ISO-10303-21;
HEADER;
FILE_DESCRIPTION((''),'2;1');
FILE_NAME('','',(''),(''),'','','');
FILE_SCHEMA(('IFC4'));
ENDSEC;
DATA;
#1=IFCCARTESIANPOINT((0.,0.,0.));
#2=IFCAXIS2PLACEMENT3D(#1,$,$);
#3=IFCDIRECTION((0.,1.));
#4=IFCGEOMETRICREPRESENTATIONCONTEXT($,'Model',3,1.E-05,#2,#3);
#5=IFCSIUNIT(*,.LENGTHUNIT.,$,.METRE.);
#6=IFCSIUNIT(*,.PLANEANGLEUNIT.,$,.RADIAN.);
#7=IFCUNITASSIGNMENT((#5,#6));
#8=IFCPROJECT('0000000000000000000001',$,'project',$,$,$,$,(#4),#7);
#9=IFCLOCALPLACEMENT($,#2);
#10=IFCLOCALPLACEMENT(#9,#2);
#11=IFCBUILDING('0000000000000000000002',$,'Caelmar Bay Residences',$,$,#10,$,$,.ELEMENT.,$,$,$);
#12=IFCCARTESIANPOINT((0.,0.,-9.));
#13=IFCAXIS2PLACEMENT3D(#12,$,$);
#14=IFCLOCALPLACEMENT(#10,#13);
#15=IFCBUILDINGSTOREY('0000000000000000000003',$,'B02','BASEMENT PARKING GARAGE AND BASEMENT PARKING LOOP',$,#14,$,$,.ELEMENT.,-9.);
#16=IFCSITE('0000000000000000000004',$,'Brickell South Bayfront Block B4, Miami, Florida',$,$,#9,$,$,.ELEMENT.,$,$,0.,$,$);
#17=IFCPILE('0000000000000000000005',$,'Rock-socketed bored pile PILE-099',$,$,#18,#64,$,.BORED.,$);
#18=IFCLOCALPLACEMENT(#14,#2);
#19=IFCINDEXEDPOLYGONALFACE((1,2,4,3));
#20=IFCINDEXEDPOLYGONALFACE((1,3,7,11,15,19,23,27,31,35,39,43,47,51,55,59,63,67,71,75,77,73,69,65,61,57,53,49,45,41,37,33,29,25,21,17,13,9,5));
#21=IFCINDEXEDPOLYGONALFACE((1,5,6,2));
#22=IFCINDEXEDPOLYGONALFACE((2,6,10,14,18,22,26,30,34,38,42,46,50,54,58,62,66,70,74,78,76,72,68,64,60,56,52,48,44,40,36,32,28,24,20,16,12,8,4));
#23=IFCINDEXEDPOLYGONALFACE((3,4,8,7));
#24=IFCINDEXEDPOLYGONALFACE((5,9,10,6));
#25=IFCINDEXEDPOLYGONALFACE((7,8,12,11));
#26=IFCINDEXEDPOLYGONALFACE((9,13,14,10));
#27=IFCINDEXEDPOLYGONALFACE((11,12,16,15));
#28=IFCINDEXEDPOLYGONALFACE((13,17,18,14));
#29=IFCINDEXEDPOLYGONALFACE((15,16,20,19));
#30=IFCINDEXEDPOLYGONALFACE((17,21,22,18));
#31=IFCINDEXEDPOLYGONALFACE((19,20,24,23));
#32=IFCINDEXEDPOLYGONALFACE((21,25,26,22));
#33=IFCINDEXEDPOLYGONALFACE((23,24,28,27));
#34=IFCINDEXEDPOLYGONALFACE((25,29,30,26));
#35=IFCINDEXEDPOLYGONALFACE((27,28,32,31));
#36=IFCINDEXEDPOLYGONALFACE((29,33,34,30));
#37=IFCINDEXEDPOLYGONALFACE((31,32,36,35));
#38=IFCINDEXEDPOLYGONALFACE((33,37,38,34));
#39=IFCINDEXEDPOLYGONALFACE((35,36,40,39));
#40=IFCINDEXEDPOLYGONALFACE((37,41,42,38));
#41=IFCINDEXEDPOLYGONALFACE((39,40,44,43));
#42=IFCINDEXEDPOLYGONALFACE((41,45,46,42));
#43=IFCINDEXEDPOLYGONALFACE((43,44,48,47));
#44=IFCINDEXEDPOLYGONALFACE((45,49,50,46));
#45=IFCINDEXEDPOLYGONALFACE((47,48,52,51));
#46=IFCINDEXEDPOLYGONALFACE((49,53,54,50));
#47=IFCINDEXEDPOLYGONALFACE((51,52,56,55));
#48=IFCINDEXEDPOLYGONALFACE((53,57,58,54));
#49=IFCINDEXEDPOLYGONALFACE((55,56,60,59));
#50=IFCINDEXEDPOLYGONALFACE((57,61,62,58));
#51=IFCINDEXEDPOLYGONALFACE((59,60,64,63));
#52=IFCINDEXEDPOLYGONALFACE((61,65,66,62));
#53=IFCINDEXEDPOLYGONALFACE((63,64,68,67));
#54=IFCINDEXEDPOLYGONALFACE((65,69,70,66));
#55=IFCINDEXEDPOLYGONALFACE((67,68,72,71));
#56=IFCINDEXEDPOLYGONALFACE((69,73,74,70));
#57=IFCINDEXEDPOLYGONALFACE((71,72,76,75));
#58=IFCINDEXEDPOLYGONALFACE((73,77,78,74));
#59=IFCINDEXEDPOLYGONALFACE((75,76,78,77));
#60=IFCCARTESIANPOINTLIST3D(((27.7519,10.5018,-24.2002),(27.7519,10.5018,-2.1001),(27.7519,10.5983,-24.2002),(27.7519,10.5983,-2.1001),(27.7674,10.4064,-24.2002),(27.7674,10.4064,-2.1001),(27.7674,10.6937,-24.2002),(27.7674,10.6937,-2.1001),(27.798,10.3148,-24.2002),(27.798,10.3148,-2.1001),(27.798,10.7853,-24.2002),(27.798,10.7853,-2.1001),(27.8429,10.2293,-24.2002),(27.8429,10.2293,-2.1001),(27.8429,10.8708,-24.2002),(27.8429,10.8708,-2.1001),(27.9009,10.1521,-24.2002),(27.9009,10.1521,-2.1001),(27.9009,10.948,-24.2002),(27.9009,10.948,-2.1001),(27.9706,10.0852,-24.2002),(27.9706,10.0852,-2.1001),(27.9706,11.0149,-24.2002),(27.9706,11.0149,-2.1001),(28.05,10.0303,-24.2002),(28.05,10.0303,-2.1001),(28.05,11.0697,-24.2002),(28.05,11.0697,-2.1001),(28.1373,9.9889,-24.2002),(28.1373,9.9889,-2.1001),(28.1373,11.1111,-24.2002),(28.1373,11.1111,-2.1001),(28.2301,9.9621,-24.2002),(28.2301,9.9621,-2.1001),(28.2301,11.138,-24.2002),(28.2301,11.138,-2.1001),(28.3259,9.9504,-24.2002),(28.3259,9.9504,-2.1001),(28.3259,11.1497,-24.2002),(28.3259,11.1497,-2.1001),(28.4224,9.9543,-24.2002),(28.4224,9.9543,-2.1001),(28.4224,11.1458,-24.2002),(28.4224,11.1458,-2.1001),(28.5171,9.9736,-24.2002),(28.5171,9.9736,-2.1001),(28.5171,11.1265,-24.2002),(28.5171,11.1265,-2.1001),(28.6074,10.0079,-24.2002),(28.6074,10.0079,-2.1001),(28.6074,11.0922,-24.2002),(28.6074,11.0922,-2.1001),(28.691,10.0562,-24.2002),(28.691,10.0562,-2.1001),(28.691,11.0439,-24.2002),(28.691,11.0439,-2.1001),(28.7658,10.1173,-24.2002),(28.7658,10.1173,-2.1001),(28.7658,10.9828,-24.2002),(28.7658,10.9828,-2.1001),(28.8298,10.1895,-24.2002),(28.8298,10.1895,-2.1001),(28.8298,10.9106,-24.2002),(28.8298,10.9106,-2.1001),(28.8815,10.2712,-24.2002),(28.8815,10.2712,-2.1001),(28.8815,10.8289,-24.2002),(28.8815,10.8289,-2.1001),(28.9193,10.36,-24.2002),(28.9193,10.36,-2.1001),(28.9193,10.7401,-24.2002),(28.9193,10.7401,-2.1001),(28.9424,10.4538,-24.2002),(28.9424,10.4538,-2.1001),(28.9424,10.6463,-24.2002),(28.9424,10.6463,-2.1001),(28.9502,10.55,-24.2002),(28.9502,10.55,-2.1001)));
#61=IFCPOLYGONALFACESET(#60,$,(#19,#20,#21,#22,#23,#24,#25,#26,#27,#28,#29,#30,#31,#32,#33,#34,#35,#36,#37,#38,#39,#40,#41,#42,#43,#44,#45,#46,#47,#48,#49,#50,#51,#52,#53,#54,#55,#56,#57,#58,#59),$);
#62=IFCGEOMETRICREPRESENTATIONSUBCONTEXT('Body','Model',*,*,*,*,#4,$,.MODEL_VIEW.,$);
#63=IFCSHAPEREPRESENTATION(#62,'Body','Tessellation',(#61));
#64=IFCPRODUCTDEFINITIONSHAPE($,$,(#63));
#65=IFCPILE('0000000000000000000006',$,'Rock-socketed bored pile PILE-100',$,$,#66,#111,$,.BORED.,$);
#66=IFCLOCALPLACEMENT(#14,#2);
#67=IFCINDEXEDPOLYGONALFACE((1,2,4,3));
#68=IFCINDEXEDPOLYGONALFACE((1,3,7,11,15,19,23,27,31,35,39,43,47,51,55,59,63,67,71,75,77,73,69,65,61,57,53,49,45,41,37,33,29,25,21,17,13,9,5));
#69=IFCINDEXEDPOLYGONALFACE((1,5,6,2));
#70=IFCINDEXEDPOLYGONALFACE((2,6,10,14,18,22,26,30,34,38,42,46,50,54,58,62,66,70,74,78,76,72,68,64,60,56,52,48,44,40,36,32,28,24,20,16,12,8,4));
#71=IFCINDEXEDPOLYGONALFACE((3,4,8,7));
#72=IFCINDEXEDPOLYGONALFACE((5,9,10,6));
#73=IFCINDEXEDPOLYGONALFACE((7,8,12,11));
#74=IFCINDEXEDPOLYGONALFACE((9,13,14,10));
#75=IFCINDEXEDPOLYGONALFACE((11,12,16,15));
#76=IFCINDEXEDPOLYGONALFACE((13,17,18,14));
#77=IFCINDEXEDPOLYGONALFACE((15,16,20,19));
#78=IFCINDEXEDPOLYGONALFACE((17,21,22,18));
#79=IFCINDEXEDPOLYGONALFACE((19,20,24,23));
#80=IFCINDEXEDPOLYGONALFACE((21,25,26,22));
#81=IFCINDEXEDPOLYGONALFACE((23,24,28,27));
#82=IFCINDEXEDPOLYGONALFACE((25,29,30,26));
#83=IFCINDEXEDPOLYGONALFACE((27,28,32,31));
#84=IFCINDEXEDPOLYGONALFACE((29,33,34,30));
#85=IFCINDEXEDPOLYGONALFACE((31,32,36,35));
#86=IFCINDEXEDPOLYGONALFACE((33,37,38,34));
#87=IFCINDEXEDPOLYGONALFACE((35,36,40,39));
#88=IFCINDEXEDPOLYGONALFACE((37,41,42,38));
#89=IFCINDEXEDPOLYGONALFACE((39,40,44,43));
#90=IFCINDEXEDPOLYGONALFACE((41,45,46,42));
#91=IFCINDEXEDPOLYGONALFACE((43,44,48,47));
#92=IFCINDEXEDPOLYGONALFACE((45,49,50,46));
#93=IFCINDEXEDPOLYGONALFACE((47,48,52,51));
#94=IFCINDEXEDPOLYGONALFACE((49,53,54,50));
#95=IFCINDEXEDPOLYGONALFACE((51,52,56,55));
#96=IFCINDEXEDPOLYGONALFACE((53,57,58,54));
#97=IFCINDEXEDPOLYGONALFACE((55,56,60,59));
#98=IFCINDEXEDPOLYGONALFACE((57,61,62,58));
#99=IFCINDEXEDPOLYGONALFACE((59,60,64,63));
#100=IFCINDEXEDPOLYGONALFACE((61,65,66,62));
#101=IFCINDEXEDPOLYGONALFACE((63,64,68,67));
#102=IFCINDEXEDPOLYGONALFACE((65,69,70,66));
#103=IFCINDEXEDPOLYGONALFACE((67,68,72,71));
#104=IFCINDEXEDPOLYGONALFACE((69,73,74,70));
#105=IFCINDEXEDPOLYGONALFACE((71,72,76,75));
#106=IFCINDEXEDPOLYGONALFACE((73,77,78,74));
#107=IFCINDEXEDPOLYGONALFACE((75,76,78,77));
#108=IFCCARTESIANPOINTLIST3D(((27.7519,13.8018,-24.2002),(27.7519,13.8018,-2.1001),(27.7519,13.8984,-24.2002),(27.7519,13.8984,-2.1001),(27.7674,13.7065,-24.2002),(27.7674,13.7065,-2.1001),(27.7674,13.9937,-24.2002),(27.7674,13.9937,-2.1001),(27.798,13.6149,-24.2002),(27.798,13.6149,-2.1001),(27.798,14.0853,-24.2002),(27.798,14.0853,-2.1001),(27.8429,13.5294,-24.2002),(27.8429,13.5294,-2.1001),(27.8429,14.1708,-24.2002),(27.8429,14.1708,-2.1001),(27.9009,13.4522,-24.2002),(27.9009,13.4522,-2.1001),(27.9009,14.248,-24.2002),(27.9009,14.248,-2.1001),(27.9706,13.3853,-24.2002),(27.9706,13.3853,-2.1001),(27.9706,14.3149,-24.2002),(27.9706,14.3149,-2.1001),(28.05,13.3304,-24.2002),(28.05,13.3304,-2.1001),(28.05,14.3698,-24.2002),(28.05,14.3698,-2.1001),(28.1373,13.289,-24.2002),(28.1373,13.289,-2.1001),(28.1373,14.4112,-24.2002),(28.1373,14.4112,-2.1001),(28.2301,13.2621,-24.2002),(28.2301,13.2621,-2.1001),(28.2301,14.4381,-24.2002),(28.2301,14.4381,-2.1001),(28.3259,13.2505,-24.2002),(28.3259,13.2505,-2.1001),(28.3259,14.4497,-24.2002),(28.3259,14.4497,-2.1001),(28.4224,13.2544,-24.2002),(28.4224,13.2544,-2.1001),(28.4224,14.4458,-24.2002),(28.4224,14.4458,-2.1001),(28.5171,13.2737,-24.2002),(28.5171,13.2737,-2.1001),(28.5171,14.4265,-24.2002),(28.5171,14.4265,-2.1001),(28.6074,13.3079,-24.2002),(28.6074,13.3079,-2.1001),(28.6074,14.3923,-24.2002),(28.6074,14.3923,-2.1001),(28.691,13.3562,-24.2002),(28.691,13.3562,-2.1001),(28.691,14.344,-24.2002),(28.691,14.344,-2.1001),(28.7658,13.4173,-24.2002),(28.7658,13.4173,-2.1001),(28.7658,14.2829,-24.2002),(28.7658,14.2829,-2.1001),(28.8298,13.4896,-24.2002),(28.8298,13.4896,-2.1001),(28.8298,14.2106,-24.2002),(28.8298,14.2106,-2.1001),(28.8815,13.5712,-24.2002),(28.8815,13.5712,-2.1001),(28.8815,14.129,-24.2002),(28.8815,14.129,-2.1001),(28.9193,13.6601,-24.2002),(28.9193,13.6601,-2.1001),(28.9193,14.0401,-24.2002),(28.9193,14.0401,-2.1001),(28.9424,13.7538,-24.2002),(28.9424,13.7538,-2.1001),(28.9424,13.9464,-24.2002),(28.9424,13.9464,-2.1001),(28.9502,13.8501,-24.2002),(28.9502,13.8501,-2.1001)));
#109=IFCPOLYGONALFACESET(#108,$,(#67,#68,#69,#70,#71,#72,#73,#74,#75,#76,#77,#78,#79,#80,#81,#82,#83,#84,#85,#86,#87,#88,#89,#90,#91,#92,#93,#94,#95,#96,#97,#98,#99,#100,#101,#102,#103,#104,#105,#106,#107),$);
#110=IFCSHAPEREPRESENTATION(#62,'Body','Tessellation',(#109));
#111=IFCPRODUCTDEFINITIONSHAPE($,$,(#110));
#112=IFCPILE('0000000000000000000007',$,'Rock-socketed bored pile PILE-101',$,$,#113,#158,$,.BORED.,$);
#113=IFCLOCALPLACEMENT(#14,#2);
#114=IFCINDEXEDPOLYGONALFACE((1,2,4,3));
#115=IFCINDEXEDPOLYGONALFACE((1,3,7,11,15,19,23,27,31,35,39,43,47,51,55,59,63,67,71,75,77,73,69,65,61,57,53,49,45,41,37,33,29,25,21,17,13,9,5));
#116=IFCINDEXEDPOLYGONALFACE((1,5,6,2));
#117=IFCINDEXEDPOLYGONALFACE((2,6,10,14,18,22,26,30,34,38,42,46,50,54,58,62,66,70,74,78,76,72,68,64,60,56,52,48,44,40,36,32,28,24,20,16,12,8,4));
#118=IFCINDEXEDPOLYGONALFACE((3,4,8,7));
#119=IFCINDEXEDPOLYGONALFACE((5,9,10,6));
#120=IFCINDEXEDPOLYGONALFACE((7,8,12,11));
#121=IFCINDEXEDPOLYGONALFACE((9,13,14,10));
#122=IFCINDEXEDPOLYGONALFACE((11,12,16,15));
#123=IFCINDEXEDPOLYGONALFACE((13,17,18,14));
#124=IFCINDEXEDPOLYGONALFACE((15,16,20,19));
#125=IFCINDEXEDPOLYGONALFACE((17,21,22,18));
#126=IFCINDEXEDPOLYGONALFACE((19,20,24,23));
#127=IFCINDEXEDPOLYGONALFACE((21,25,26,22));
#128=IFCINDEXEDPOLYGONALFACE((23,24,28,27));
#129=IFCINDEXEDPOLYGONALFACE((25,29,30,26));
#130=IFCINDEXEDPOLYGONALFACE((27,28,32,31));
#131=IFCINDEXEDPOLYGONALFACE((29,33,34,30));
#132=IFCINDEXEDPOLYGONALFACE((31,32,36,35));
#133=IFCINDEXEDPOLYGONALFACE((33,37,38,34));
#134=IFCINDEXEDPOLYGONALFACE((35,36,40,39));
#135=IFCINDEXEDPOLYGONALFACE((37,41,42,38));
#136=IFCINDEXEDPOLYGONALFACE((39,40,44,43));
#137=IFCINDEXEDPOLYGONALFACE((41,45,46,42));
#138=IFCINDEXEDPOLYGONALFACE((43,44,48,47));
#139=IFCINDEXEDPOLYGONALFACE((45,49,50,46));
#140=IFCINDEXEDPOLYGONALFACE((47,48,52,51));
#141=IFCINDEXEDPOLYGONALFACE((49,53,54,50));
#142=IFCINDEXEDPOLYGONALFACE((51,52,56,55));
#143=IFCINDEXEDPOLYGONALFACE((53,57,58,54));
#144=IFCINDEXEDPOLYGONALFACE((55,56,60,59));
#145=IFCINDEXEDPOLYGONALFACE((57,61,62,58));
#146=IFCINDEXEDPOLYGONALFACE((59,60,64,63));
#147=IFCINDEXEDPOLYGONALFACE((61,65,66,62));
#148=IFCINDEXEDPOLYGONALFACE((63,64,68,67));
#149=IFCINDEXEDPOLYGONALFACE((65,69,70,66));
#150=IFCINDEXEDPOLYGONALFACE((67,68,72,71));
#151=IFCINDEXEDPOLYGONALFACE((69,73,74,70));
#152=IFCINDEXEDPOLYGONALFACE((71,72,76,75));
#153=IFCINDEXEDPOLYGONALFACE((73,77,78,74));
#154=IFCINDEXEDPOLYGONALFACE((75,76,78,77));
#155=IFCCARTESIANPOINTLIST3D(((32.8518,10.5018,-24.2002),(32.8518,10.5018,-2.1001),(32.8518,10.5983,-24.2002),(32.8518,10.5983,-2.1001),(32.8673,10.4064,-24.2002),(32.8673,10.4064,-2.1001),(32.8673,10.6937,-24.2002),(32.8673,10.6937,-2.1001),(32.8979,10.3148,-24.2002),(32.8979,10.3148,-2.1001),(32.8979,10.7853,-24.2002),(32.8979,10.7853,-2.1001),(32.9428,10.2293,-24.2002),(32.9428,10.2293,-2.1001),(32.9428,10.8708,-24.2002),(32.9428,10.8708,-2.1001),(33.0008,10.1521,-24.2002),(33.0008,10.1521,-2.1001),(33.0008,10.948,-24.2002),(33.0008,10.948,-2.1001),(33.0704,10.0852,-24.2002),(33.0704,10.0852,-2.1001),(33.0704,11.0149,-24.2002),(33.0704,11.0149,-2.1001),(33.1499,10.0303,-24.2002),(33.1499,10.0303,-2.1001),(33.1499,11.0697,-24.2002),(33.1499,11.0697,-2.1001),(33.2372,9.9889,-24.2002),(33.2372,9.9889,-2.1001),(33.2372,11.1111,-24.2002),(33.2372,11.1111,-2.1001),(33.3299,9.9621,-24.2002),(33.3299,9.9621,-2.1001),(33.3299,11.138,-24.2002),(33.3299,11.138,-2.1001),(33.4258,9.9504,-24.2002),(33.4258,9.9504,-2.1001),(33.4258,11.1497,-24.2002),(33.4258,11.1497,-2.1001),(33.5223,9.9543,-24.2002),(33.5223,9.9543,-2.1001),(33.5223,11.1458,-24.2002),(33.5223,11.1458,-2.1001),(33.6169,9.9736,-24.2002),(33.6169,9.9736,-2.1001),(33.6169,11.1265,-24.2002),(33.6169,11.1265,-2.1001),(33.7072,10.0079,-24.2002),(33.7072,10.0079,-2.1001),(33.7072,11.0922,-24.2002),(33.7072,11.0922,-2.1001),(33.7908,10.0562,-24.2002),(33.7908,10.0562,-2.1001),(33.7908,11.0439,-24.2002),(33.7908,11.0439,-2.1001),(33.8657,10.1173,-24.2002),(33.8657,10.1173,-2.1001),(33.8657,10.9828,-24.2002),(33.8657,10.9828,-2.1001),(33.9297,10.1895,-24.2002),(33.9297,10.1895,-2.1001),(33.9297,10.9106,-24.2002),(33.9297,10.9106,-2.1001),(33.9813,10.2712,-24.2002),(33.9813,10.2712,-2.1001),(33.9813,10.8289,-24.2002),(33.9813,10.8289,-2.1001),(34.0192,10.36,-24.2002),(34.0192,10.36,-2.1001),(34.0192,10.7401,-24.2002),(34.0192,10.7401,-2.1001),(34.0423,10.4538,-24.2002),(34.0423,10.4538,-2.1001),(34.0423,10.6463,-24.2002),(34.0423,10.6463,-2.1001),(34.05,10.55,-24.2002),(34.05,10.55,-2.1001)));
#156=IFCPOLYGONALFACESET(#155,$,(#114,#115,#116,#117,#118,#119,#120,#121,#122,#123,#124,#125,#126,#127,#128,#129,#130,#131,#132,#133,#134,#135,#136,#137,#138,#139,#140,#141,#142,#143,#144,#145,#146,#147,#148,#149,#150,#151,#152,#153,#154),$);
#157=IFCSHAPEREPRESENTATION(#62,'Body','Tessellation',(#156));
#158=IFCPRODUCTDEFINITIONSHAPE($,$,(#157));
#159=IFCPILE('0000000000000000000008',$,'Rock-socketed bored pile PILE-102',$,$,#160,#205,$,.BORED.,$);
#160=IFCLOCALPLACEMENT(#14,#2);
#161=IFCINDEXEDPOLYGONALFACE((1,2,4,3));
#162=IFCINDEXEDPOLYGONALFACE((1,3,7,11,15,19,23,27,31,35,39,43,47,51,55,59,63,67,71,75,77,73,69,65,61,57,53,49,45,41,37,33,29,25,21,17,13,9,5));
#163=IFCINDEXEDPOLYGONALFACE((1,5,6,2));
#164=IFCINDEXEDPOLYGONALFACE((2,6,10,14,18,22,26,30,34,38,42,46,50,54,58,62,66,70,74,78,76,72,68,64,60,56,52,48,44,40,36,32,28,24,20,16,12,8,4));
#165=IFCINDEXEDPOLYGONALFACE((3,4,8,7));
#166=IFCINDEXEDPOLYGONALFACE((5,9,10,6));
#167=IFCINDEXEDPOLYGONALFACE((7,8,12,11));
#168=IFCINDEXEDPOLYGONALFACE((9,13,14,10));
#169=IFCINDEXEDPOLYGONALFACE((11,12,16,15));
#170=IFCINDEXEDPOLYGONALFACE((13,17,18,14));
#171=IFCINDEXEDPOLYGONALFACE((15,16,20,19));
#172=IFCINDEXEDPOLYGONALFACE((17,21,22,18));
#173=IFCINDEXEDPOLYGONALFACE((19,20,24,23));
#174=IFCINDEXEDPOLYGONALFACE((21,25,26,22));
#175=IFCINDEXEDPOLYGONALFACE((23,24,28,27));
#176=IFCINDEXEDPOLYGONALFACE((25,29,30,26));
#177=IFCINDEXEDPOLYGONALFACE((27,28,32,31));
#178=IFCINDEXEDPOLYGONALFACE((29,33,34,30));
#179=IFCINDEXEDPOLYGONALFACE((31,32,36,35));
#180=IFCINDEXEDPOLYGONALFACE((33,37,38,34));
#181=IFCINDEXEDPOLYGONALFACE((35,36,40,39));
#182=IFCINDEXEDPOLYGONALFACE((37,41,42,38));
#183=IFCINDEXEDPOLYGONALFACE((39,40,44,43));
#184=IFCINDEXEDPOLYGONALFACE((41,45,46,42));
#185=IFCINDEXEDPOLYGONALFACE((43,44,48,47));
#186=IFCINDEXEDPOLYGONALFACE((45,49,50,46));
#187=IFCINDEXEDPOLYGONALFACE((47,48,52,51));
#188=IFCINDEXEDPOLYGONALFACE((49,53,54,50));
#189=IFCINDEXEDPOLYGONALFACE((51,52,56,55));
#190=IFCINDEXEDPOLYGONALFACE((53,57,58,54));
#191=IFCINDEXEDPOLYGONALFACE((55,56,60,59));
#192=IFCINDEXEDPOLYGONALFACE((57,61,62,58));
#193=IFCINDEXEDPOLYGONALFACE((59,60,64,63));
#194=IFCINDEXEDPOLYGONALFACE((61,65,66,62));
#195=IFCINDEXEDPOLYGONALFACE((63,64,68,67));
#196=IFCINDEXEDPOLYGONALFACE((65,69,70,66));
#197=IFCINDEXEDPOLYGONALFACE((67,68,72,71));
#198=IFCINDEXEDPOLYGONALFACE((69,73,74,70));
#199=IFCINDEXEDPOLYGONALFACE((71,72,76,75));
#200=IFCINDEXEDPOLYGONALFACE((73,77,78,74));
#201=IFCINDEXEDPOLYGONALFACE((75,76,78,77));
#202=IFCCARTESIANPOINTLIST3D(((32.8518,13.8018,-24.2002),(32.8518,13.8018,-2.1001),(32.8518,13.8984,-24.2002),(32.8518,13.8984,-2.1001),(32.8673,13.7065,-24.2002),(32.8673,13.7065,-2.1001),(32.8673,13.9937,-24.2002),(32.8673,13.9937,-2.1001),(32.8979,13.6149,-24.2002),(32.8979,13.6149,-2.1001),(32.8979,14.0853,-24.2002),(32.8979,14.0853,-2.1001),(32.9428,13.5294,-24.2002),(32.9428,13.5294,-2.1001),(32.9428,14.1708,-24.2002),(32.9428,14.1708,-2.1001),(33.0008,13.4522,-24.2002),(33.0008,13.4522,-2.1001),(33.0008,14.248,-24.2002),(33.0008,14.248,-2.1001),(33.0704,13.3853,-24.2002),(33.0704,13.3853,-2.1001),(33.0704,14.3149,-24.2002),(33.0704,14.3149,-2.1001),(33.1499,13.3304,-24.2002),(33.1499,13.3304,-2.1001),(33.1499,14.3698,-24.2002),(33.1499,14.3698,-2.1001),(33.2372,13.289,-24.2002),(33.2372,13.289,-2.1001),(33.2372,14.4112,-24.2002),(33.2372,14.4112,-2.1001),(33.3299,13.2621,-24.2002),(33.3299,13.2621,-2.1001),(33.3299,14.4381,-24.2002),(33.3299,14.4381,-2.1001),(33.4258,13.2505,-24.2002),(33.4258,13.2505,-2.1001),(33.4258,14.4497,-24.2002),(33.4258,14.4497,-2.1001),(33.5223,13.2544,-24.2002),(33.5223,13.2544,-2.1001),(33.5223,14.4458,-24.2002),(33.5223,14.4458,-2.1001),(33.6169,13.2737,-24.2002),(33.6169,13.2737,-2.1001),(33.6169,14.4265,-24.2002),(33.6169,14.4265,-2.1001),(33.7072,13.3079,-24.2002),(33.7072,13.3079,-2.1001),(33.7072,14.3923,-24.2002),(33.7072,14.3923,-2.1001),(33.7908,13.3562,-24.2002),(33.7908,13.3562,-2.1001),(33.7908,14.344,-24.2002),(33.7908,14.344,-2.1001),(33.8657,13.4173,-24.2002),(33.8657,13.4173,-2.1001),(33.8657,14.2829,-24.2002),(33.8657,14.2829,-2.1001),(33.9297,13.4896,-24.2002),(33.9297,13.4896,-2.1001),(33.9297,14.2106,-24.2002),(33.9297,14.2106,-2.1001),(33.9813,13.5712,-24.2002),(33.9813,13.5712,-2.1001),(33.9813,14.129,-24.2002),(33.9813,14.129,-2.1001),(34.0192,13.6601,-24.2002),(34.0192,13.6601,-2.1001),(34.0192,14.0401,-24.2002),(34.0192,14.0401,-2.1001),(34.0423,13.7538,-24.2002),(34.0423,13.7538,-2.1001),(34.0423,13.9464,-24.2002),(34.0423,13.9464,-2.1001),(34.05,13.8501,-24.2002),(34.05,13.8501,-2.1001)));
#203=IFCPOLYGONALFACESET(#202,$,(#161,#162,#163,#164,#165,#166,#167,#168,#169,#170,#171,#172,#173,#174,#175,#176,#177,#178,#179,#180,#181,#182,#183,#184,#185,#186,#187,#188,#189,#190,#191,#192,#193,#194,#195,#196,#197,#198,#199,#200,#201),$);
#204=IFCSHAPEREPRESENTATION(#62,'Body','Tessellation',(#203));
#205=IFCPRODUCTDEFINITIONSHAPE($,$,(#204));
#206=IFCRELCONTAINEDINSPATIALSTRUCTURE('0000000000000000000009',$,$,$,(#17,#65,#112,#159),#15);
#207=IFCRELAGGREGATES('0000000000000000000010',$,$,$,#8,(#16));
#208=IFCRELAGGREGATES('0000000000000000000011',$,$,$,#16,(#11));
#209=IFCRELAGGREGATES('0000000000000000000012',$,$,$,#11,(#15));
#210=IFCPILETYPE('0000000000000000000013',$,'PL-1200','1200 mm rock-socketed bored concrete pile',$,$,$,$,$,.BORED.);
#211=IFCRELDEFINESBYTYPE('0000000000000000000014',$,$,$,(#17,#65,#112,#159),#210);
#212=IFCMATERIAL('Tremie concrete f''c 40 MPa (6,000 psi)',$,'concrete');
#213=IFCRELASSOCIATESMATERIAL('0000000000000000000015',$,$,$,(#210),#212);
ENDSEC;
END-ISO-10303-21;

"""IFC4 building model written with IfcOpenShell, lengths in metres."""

from ifc_helpers import new_model, si_unit, direction, frame, origin, origin_2d, place, context, subcontext, project, spatial, circle, extrude, material, material_profile, profile_set, type_object, element, save


model = new_model("IFC4")

# Units and contexts
model_context = context("Model", 3, precision=1e-05, world=origin(), true_north=direction((0.0, 1.0)))
body_context = subcontext(model_context, "Body", "Model", "MODEL_VIEW")
ifc_project = project(units=[si_unit("LENGTHUNIT", "METRE"), si_unit("PLANEANGLEUNIT", "RADIAN")], contexts=[model_context])

# Site, building, storey
site_placement = place(None, origin())
site = spatial("IfcSite", under=ifc_project, at=site_placement, Name="Brickell South Bayfront Block B4, Miami, Florida", CompositionType="ELEMENT", RefElevation=0.0)
building_placement = place(site_placement, origin())
building = spatial("IfcBuilding", under=site, at=building_placement, Name="Caelmar Bay Residences", CompositionType="ELEMENT")
storey_placement = place(building_placement, frame((0.0, 0.0, -9.0)))
storey = spatial("IfcBuildingStorey", under=building, at=storey_placement, Name="B02", Description="BASEMENT PARKING GARAGE AND BASEMENT PARKING LOOP", CompositionType="ELEMENT", Elevation=-9.0)

# Piles
ifc_material_1 = material(Name="Tremie concrete f'c 40 MPa (6,000 psi)", Category="concrete")
ifc_material_profile_1 = material_profile(ifc_material_1, circle(Radius=0.6001, at=origin_2d()), Name="PILE-1200D")
ifc_profile_set_1 = profile_set([ifc_material_profile_1], Name="Tremie concrete f'c 40 MPa (6,000 psi)")
pile_type = type_object("IfcPileType", Name="PL-1200", Description="1200 mm rock-socketed bored concrete pile", PredefinedType="BORED", material=ifc_profile_set_1)
for number, where, z_axis, x_axis, name in (
    (1, (28.3501, 10.55, -2.1001), (0.0, 0.0, -1.0), (1.0, 0.0, 0.0), "Rock-socketed bored pile PILE-099"),
    (2, (28.3501, 13.8501, -2.1001), (0.0, 0.0, -1.0), (1.0, 0.0, 0.0), "Rock-socketed bored pile PILE-100"),
    (3, (33.45, 10.55, -2.1001), (0.0, 0.0, -1.0), (1.0, 0.0, 0.0), "Rock-socketed bored pile PILE-101"),
    (4, (33.45, 13.8501, -2.1001), (0.0, 0.0, -1.0), (1.0, 0.0, 0.0), "Rock-socketed bored pile PILE-102"),
):
    element("IfcPile", number, at=place(storey_placement, frame(where, z_axis=z_axis, x_axis=x_axis)), inside=storey, type_object=pile_type, Name=name, PredefinedType="BORED", context=body_context, shape_type="SweptSolid", body=[
        extrude(circle(Radius=0.6001, at=origin_2d()), origin(), (0.0, 0.0, 1.0), 22.1001),
    ])

save(model, "model.ifc")
